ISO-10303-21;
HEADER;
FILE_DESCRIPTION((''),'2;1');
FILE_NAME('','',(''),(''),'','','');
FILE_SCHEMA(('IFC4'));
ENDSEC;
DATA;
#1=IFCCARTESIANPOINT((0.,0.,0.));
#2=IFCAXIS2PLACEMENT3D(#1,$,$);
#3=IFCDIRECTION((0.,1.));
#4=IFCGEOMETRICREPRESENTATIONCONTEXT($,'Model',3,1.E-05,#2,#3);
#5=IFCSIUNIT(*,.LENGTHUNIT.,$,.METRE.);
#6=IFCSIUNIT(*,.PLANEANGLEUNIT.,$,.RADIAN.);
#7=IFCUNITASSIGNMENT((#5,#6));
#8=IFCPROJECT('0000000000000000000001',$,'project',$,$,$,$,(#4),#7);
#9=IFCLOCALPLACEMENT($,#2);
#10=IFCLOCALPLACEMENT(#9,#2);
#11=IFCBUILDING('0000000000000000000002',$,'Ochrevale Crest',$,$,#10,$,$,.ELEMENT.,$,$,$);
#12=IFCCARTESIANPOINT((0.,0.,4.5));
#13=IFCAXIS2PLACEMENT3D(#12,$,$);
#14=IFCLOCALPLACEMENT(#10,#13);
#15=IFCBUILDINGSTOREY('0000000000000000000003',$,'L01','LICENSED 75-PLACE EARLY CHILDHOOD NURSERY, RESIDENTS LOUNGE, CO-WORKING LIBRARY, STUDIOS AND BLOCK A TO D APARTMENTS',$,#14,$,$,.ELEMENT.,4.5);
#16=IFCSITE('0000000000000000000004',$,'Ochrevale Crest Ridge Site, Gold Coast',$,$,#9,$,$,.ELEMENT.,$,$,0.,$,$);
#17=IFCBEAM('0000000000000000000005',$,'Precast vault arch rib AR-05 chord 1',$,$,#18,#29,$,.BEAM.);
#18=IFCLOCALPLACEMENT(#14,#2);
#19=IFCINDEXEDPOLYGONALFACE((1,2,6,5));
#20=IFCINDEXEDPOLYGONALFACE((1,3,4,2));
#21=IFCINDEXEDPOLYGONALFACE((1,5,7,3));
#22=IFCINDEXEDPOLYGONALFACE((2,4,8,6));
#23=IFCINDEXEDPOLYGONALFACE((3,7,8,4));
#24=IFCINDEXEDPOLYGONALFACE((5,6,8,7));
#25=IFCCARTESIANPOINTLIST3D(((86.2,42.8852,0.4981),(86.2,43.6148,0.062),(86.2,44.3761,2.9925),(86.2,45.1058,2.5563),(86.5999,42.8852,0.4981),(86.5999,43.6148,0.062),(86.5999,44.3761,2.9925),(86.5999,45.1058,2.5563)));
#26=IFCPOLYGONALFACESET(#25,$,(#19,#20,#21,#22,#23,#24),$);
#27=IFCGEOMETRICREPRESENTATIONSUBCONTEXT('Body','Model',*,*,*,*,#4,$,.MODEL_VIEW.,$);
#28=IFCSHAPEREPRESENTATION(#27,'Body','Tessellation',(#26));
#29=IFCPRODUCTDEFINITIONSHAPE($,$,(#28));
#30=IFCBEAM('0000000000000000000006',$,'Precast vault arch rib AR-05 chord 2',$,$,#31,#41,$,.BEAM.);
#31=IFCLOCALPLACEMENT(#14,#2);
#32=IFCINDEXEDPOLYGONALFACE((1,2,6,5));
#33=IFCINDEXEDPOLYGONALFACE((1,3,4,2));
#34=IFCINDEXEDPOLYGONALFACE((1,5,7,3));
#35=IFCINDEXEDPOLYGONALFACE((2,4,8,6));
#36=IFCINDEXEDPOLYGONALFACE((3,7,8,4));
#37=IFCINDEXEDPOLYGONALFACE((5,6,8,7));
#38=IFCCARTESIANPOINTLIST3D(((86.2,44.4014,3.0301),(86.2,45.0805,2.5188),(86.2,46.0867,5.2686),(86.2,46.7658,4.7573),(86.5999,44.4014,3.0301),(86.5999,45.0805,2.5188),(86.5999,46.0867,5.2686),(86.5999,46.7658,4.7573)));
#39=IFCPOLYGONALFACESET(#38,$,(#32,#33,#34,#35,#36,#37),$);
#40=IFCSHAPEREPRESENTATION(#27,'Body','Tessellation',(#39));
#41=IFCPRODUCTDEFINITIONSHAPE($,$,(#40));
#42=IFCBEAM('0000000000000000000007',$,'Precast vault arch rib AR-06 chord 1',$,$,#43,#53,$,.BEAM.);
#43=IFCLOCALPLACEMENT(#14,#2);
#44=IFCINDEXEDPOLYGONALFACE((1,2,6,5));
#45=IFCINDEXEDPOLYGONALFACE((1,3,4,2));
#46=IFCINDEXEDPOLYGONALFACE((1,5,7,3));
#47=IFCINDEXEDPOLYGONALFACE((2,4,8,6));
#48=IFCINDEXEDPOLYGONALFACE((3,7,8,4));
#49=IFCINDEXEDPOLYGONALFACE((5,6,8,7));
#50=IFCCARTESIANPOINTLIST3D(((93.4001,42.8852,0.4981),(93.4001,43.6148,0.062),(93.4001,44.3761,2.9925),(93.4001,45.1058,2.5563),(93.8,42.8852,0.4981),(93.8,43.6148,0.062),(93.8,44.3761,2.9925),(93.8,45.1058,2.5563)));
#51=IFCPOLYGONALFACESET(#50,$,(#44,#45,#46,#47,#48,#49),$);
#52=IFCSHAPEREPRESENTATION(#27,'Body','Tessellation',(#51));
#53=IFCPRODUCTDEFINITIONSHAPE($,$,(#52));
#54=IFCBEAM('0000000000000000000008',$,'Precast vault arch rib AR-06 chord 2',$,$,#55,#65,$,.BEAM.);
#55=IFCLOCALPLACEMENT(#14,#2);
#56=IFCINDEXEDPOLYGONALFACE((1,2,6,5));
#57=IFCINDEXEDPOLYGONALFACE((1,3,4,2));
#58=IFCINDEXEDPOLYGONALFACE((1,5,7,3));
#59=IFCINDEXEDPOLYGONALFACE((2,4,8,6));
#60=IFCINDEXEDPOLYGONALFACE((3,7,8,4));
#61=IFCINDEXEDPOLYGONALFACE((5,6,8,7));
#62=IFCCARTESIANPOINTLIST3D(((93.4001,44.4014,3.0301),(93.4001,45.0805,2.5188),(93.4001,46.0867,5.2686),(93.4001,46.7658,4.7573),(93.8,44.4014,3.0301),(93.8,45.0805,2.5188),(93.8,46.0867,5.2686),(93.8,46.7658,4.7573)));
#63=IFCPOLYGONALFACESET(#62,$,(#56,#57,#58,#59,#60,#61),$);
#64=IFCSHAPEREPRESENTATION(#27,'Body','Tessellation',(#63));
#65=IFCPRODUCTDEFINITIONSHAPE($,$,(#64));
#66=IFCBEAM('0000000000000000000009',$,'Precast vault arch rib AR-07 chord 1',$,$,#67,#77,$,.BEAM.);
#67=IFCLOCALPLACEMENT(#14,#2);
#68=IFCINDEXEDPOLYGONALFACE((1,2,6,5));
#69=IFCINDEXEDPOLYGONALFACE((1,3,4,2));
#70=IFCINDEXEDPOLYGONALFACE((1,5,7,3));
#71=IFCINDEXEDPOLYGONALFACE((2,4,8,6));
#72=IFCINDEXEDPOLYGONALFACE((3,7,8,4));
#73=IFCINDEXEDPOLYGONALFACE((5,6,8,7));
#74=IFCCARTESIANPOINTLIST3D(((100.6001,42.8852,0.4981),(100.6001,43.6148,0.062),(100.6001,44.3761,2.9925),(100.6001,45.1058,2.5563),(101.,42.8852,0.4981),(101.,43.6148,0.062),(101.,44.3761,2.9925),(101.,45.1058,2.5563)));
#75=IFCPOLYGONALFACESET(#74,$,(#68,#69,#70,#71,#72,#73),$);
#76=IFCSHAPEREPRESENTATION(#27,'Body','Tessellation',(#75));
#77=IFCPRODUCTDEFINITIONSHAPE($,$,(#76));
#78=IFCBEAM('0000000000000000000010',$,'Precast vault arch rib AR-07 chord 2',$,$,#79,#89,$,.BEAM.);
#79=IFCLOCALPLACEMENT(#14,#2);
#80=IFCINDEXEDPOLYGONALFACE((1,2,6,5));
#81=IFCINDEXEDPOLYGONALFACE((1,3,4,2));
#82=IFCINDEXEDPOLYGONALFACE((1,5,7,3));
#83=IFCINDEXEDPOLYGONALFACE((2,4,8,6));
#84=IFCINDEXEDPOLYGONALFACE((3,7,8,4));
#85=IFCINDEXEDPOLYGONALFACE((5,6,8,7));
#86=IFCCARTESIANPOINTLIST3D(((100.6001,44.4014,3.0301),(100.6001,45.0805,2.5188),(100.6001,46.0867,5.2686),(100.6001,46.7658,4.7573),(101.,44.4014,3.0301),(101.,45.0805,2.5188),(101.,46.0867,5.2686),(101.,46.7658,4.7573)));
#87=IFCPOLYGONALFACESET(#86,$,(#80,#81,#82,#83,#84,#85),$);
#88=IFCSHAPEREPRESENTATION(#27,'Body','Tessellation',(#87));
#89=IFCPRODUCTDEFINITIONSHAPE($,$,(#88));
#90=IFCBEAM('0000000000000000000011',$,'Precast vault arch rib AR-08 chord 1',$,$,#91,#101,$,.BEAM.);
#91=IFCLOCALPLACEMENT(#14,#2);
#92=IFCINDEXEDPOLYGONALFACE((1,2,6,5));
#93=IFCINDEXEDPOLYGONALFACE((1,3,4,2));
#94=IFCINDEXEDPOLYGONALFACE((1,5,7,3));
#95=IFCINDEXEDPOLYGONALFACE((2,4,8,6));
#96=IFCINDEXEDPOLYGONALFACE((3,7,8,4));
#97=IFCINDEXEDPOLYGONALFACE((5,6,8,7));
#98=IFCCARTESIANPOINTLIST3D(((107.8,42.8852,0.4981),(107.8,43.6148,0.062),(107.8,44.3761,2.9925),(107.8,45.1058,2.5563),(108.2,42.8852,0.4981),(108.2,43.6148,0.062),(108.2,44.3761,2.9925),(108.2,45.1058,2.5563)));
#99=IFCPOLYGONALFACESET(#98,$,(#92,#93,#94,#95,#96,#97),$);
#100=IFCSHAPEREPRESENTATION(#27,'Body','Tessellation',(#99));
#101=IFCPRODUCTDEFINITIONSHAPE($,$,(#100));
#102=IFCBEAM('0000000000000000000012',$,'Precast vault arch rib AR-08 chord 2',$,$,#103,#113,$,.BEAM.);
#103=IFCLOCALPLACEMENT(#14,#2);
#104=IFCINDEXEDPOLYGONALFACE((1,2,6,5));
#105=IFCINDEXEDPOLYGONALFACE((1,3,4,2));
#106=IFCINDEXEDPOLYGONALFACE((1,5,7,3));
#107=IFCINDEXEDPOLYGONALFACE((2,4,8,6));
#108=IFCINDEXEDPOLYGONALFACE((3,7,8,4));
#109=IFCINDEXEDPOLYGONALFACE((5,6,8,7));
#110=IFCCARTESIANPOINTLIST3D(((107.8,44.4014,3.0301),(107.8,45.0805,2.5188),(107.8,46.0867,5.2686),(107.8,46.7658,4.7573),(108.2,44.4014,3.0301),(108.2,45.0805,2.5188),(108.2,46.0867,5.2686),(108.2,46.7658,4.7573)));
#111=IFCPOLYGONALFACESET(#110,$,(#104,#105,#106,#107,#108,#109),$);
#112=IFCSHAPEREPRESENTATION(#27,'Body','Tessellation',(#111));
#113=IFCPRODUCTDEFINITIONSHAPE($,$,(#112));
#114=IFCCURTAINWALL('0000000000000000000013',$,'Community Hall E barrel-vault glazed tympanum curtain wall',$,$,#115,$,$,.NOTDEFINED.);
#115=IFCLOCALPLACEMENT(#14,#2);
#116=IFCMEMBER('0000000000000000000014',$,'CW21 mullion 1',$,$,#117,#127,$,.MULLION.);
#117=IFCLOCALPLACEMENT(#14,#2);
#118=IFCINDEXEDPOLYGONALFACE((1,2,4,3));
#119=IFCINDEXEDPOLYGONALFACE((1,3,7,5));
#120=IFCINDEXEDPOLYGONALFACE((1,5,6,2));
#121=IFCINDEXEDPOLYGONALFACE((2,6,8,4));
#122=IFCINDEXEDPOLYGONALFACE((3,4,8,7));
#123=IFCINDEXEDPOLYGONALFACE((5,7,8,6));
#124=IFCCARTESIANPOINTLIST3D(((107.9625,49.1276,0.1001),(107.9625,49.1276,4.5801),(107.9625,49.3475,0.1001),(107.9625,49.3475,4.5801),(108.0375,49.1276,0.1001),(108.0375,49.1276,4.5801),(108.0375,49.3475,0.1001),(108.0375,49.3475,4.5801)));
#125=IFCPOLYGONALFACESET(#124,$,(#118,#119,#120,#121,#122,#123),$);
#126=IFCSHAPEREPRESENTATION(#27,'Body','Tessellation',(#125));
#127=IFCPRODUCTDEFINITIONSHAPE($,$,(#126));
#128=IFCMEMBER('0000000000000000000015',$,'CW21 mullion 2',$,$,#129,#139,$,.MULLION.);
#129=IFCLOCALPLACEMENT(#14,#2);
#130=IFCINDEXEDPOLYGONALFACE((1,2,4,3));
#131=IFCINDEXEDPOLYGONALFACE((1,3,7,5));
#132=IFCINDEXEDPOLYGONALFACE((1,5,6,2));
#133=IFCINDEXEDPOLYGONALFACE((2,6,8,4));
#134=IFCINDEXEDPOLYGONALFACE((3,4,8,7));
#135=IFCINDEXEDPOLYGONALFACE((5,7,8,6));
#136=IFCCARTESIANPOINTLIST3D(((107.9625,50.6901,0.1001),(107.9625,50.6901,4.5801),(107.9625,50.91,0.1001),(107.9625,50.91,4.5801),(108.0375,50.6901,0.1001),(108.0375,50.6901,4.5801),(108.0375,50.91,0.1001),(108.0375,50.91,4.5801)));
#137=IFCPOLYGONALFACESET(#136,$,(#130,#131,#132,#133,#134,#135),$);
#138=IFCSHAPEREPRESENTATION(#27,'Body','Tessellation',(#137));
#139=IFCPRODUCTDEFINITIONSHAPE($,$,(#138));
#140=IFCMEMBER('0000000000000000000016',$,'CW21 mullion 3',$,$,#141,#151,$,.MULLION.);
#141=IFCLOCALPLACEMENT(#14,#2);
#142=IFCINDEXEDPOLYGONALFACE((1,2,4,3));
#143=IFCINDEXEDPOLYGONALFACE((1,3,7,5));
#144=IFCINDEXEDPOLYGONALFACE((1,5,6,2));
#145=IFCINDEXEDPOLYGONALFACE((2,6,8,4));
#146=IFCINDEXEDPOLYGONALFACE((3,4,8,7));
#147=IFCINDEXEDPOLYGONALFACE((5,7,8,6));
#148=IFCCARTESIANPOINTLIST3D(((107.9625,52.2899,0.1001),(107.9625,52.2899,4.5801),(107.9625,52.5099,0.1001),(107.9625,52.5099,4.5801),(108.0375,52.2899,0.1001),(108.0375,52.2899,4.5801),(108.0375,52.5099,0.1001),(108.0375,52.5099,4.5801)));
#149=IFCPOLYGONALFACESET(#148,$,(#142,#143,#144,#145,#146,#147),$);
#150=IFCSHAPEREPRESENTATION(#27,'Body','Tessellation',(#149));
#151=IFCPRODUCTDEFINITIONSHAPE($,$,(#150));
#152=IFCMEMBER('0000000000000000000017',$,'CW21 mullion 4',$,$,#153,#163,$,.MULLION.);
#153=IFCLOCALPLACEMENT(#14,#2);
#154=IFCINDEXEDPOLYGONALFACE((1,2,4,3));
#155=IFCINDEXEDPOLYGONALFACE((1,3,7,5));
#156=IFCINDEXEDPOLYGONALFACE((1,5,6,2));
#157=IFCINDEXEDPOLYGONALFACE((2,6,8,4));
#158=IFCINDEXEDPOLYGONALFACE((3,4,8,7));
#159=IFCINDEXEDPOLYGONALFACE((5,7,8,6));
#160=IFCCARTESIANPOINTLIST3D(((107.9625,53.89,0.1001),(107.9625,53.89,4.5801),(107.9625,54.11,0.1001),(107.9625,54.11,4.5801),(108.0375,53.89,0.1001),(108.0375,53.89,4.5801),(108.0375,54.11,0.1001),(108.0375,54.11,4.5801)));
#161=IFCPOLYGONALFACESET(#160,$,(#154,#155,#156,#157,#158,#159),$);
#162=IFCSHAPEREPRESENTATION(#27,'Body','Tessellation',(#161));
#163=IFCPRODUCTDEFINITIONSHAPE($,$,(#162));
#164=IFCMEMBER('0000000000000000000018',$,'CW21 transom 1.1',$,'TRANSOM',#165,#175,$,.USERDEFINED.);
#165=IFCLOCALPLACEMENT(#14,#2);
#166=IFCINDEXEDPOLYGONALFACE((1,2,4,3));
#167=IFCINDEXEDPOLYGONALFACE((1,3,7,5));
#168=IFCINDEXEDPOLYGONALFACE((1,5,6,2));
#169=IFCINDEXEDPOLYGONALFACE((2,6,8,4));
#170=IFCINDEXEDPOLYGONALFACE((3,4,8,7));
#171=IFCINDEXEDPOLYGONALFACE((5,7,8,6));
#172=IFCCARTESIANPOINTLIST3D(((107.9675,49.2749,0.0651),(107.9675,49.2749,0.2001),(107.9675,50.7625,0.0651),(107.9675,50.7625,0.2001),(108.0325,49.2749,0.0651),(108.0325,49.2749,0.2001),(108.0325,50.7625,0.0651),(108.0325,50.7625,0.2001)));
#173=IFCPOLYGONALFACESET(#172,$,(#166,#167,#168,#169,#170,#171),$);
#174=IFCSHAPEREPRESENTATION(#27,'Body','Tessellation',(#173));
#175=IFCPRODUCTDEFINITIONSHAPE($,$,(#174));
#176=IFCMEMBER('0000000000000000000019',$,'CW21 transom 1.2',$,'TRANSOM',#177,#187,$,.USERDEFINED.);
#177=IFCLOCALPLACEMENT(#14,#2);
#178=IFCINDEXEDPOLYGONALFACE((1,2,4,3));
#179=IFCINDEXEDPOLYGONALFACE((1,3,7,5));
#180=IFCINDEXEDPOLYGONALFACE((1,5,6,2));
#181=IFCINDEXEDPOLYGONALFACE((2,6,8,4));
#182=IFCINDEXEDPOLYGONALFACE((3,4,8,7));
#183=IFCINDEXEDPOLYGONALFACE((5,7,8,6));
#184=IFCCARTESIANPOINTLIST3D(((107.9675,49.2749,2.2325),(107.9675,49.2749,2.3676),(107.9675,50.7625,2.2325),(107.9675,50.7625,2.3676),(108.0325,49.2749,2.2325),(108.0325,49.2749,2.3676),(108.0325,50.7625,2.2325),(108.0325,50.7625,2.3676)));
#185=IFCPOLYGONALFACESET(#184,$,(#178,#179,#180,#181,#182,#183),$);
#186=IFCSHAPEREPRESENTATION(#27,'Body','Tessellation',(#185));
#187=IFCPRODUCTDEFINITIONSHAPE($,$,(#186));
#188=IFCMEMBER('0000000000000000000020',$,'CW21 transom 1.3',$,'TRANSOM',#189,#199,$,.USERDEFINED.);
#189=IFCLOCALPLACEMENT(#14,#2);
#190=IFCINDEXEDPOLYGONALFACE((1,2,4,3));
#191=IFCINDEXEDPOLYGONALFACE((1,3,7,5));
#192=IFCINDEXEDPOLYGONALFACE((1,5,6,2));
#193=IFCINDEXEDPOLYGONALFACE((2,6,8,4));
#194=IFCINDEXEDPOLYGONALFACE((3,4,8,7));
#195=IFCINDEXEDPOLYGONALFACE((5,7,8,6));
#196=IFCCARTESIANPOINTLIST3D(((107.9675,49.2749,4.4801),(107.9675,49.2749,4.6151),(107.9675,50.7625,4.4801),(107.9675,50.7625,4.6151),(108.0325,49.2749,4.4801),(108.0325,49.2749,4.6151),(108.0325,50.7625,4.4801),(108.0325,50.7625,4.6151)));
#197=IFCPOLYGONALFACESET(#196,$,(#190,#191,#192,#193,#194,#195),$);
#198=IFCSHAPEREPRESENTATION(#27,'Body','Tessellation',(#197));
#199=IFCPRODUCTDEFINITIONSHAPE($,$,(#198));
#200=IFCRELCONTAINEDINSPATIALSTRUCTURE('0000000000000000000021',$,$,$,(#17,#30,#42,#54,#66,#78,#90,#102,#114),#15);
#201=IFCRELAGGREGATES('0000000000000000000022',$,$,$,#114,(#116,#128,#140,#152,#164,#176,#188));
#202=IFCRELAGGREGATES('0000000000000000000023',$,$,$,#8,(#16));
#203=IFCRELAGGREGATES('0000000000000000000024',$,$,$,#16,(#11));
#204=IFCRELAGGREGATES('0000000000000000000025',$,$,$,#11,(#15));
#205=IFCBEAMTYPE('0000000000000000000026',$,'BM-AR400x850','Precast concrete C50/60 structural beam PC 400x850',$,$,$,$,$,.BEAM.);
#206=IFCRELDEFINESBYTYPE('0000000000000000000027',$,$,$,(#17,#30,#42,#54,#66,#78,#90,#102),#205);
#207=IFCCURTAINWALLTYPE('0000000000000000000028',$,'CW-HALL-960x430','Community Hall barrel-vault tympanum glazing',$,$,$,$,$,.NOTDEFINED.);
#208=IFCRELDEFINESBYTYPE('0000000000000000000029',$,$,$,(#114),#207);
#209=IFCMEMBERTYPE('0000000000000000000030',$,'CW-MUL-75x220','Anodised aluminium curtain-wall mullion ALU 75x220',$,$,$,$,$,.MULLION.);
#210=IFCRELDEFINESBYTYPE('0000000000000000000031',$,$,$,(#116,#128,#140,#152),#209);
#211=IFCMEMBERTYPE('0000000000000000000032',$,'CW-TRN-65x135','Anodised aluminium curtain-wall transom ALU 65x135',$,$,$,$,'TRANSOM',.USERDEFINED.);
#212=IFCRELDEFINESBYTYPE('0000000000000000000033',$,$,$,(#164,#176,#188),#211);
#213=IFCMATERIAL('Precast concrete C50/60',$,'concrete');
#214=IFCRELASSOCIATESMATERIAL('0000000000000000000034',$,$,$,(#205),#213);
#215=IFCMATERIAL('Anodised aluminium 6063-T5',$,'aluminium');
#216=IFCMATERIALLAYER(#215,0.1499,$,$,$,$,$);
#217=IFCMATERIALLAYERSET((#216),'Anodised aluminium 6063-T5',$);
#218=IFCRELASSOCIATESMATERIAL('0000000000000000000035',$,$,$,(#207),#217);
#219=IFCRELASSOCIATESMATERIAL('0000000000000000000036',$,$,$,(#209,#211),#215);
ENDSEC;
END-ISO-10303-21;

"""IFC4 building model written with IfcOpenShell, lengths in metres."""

from ifc_helpers import new_model, si_unit, direction, frame, origin, origin_2d, place, context, subcontext, project, spatial, rectangle, extrude, material, layer, layer_set, material_profile, profile_set, type_object, element, aggregate, save


model = new_model("IFC4")

# Units and contexts
model_context = context("Model", 3, precision=1e-05, world=origin(), true_north=direction((0.0, 1.0)))
body_context = subcontext(model_context, "Body", "Model", "MODEL_VIEW")
ifc_project = project(units=[si_unit("LENGTHUNIT", "METRE"), si_unit("PLANEANGLEUNIT", "RADIAN")], contexts=[model_context])

# Site, building, storey
site_placement = place(None, origin())
site = spatial("IfcSite", under=ifc_project, at=site_placement, Name="Ochrevale Crest Ridge Site, Gold Coast", CompositionType="ELEMENT", RefElevation=0.0)
building_placement = place(site_placement, origin())
building = spatial("IfcBuilding", under=site, at=building_placement, Name="Ochrevale Crest", CompositionType="ELEMENT")
storey_placement = place(building_placement, frame((0.0, 0.0, 4.5)))
storey = spatial("IfcBuildingStorey", under=building, at=storey_placement, Name="L01", Description="LICENSED 75-PLACE EARLY CHILDHOOD NURSERY, RESIDENTS LOUNGE, CO-WORKING LIBRARY, STUDIOS AND BLOCK A TO D APARTMENTS", CompositionType="ELEMENT", Elevation=4.5)

# Beams
ifc_material_1 = material(Name="Precast concrete C50/60", Category="concrete")
ifc_material_profile_1 = material_profile(ifc_material_1, rectangle(XDim=0.3999, YDim=0.8501, at=origin_2d()), Name="PC 400x850")
ifc_profile_set_1 = profile_set([ifc_material_profile_1], Name="Precast concrete C50/60")
beam_type = type_object("IfcBeamType", Name="BM-AR400x850", Description="Precast concrete C50/60 structural beam PC 400x850", PredefinedType="BEAM", material=ifc_profile_set_1)
beam_1_placement = place(storey_placement, frame((86.3999, 43.25, 0.28), z_axis=(0.0, 0.513062, 0.858352), x_axis=(-1.0, 0.0, 0.0)))
element("IfcBeam", 1, at=beam_1_placement, inside=storey, type_object=beam_type, Name="Precast vault arch rib AR-05 chord 1", PredefinedType="BEAM", context=body_context, shape_type="SweptSolid", body=[
    extrude(rectangle(XDim=0.3999, YDim=0.8501, at=origin_2d()), origin(), (0.0, 0.0, 1.0), 2.906),
])
beam_2_placement = place(storey_placement, frame((86.3999, 44.741, 2.7744), z_axis=(0.0, 0.601463, 0.798901), x_axis=(-1.0, 0.0, 0.0)))
element("IfcBeam", 2, at=beam_2_placement, inside=storey, type_object=beam_type, Name="Precast vault arch rib AR-05 chord 2", PredefinedType="BEAM", context=body_context, shape_type="SweptSolid", body=[
    extrude(rectangle(XDim=0.3999, YDim=0.8501, at=origin_2d()), origin(), (0.0, 0.0, 1.0), 2.802),
])
beam_3_placement = place(storey_placement, frame((93.6001, 43.25, 0.28), z_axis=(0.0, 0.513062, 0.858352), x_axis=(-1.0, 0.0, 0.0)))
element("IfcBeam", 3, at=beam_3_placement, inside=storey, type_object=beam_type, Name="Precast vault arch rib AR-06 chord 1", PredefinedType="BEAM", context=body_context, shape_type="SweptSolid", body=[
    extrude(rectangle(XDim=0.3999, YDim=0.8501, at=origin_2d()), origin(), (0.0, 0.0, 1.0), 2.906),
])
beam_4_placement = place(storey_placement, frame((93.6001, 44.741, 2.7744), z_axis=(0.0, 0.601463, 0.798901), x_axis=(-1.0, 0.0, 0.0)))
element("IfcBeam", 4, at=beam_4_placement, inside=storey, type_object=beam_type, Name="Precast vault arch rib AR-06 chord 2", PredefinedType="BEAM", context=body_context, shape_type="SweptSolid", body=[
    extrude(rectangle(XDim=0.3999, YDim=0.8501, at=origin_2d()), origin(), (0.0, 0.0, 1.0), 2.802),
])
beam_5_placement = place(storey_placement, frame((100.8, 43.25, 0.28), z_axis=(0.0, 0.513062, 0.858352), x_axis=(-1.0, 0.0, 0.0)))
element("IfcBeam", 5, at=beam_5_placement, inside=storey, type_object=beam_type, Name="Precast vault arch rib AR-07 chord 1", PredefinedType="BEAM", context=body_context, shape_type="SweptSolid", body=[
    extrude(rectangle(XDim=0.3999, YDim=0.8501, at=origin_2d()), origin(), (0.0, 0.0, 1.0), 2.906),
])
beam_6_placement = place(storey_placement, frame((100.8, 44.741, 2.7744), z_axis=(0.0, 0.601463, 0.798901), x_axis=(-1.0, 0.0, 0.0)))
element("IfcBeam", 6, at=beam_6_placement, inside=storey, type_object=beam_type, Name="Precast vault arch rib AR-07 chord 2", PredefinedType="BEAM", context=body_context, shape_type="SweptSolid", body=[
    extrude(rectangle(XDim=0.3999, YDim=0.8501, at=origin_2d()), origin(), (0.0, 0.0, 1.0), 2.802),
])
beam_7_placement = place(storey_placement, frame((108.0, 43.25, 0.28), z_axis=(0.0, 0.513062, 0.858352), x_axis=(-1.0, 0.0, 0.0)))
element("IfcBeam", 7, at=beam_7_placement, inside=storey, type_object=beam_type, Name="Precast vault arch rib AR-08 chord 1", PredefinedType="BEAM", context=body_context, shape_type="SweptSolid", body=[
    extrude(rectangle(XDim=0.3999, YDim=0.8501, at=origin_2d()), origin(), (0.0, 0.0, 1.0), 2.906),
])
beam_8_placement = place(storey_placement, frame((108.0, 44.741, 2.7744), z_axis=(0.0, 0.601463, 0.798901), x_axis=(-1.0, 0.0, 0.0)))
element("IfcBeam", 8, at=beam_8_placement, inside=storey, type_object=beam_type, Name="Precast vault arch rib AR-08 chord 2", PredefinedType="BEAM", context=body_context, shape_type="SweptSolid", body=[
    extrude(rectangle(XDim=0.3999, YDim=0.8501, at=origin_2d()), origin(), (0.0, 0.0, 1.0), 2.802),
])

# Curtain wall, members
ifc_material_2 = material(Name="Anodised aluminium 6063-T5", Category="aluminium")
ifc_layer_1 = layer(ifc_material_2, 0.1499)
ifc_layer_set_1 = layer_set([ifc_layer_1], Name="Anodised aluminium 6063-T5")
curtain_wall_type = type_object("IfcCurtainWallType", Name="CW-HALL-960x430", Description="Community Hall barrel-vault tympanum glazing", PredefinedType="NOTDEFINED", material=ifc_layer_set_1)
curtain_wall_placement = place(storey_placement, origin())
curtain_wall = element("IfcCurtainWall", 9, at=curtain_wall_placement, inside=storey, type_object=curtain_wall_type, Name="Community Hall E barrel-vault glazed tympanum curtain wall", PredefinedType="NOTDEFINED")
ifc_material_profile_2 = material_profile(ifc_material_2, rectangle(XDim=0.075, YDim=0.22, at=origin_2d()), Name="ALU 75x220")
ifc_profile_set_2 = profile_set([ifc_material_profile_2], Name="Anodised aluminium 6063-T5")
member_type_1 = type_object("IfcMemberType", Name="CW-MUL-75x220", Description="Anodised aluminium curtain-wall mullion ALU 75x220", PredefinedType="MULLION", material=ifc_profile_set_2)
member_1_placement = place(storey_placement, frame((108.0, 49.2375, 0.1001), z_axis=(0.0, 0.0, 1.0), x_axis=(-1.0, 0.0, 0.0)))
member_1 = element("IfcMember", 10, at=member_1_placement, type_object=member_type_1, Name="CW21 mullion 1", PredefinedType="MULLION", context=body_context, shape_type="SweptSolid", body=[
    extrude(rectangle(XDim=0.075, YDim=0.22, at=origin_2d()), origin(), (0.0, 0.0, 1.0), 4.48),
])
member_2_placement = place(storey_placement, frame((108.0, 50.8, 0.1001), z_axis=(0.0, 0.0, 1.0), x_axis=(-1.0, 0.0, 0.0)))
member_2 = element("IfcMember", 11, at=member_2_placement, type_object=member_type_1, Name="CW21 mullion 2", PredefinedType="MULLION", context=body_context, shape_type="SweptSolid", body=[
    extrude(rectangle(XDim=0.075, YDim=0.22, at=origin_2d()), origin(), (0.0, 0.0, 1.0), 4.48),
])
member_3_placement = place(storey_placement, frame((108.0, 52.3999, 0.1001), z_axis=(0.0, 0.0, 1.0), x_axis=(-1.0, 0.0, 0.0)))
member_3 = element("IfcMember", 12, at=member_3_placement, type_object=member_type_1, Name="CW21 mullion 3", PredefinedType="MULLION", context=body_context, shape_type="SweptSolid", body=[
    extrude(rectangle(XDim=0.075, YDim=0.22, at=origin_2d()), origin(), (0.0, 0.0, 1.0), 4.48),
])
member_4_placement = place(storey_placement, frame((108.0, 54.0, 0.1001), z_axis=(0.0, 0.0, 1.0), x_axis=(-1.0, 0.0, 0.0)))
member_4 = element("IfcMember", 13, at=member_4_placement, type_object=member_type_1, Name="CW21 mullion 4", PredefinedType="MULLION", context=body_context, shape_type="SweptSolid", body=[
    extrude(rectangle(XDim=0.075, YDim=0.22, at=origin_2d()), origin(), (0.0, 0.0, 1.0), 4.48),
])
ifc_material_profile_3 = material_profile(ifc_material_2, rectangle(XDim=0.0649, YDim=0.135, at=origin_2d()), Name="ALU 65x135")
ifc_profile_set_3 = profile_set([ifc_material_profile_3], Name="Anodised aluminium 6063-T5")
member_type_2 = type_object("IfcMemberType", Name="CW-TRN-65x135", Description="Anodised aluminium curtain-wall transom ALU 65x135", ElementType="TRANSOM", PredefinedType="USERDEFINED", material=ifc_profile_set_3)
member_5_placement = place(storey_placement, frame((108.0, 49.2749, 0.1326), z_axis=(0.0, 1.0, 0.0), x_axis=(-1.0, 0.0, 0.0)))
member_5 = element("IfcMember", 14, at=member_5_placement, type_object=member_type_2, Name="CW21 transom 1.1", ObjectType="TRANSOM", PredefinedType="USERDEFINED", context=body_context, shape_type="SweptSolid", body=[
    extrude(rectangle(XDim=0.0649, YDim=0.135, at=origin_2d()), origin(), (0.0, 0.0, 1.0), 1.4875),
])
member_6_placement = place(storey_placement, frame((108.0, 49.2749, 2.3), z_axis=(0.0, 1.0, 0.0), x_axis=(-1.0, 0.0, 0.0)))
member_6 = element("IfcMember", 15, at=member_6_placement, type_object=member_type_2, Name="CW21 transom 1.2", ObjectType="TRANSOM", PredefinedType="USERDEFINED", context=body_context, shape_type="SweptSolid", body=[
    extrude(rectangle(XDim=0.0649, YDim=0.135, at=origin_2d()), origin(), (0.0, 0.0, 1.0), 1.4875),
])
member_7_placement = place(storey_placement, frame((108.0, 49.2749, 4.5476), z_axis=(0.0, 1.0, 0.0), x_axis=(-1.0, 0.0, 0.0)))
member_7 = element("IfcMember", 16, at=member_7_placement, type_object=member_type_2, Name="CW21 transom 1.3", ObjectType="TRANSOM", PredefinedType="USERDEFINED", context=body_context, shape_type="SweptSolid", body=[
    extrude(rectangle(XDim=0.0649, YDim=0.135, at=origin_2d()), origin(), (0.0, 0.0, 1.0), 1.4875),
])

aggregate(curtain_wall, [member_1, member_2, member_3, member_4, member_5, member_6, member_7])

save(model, "model.ifc")
